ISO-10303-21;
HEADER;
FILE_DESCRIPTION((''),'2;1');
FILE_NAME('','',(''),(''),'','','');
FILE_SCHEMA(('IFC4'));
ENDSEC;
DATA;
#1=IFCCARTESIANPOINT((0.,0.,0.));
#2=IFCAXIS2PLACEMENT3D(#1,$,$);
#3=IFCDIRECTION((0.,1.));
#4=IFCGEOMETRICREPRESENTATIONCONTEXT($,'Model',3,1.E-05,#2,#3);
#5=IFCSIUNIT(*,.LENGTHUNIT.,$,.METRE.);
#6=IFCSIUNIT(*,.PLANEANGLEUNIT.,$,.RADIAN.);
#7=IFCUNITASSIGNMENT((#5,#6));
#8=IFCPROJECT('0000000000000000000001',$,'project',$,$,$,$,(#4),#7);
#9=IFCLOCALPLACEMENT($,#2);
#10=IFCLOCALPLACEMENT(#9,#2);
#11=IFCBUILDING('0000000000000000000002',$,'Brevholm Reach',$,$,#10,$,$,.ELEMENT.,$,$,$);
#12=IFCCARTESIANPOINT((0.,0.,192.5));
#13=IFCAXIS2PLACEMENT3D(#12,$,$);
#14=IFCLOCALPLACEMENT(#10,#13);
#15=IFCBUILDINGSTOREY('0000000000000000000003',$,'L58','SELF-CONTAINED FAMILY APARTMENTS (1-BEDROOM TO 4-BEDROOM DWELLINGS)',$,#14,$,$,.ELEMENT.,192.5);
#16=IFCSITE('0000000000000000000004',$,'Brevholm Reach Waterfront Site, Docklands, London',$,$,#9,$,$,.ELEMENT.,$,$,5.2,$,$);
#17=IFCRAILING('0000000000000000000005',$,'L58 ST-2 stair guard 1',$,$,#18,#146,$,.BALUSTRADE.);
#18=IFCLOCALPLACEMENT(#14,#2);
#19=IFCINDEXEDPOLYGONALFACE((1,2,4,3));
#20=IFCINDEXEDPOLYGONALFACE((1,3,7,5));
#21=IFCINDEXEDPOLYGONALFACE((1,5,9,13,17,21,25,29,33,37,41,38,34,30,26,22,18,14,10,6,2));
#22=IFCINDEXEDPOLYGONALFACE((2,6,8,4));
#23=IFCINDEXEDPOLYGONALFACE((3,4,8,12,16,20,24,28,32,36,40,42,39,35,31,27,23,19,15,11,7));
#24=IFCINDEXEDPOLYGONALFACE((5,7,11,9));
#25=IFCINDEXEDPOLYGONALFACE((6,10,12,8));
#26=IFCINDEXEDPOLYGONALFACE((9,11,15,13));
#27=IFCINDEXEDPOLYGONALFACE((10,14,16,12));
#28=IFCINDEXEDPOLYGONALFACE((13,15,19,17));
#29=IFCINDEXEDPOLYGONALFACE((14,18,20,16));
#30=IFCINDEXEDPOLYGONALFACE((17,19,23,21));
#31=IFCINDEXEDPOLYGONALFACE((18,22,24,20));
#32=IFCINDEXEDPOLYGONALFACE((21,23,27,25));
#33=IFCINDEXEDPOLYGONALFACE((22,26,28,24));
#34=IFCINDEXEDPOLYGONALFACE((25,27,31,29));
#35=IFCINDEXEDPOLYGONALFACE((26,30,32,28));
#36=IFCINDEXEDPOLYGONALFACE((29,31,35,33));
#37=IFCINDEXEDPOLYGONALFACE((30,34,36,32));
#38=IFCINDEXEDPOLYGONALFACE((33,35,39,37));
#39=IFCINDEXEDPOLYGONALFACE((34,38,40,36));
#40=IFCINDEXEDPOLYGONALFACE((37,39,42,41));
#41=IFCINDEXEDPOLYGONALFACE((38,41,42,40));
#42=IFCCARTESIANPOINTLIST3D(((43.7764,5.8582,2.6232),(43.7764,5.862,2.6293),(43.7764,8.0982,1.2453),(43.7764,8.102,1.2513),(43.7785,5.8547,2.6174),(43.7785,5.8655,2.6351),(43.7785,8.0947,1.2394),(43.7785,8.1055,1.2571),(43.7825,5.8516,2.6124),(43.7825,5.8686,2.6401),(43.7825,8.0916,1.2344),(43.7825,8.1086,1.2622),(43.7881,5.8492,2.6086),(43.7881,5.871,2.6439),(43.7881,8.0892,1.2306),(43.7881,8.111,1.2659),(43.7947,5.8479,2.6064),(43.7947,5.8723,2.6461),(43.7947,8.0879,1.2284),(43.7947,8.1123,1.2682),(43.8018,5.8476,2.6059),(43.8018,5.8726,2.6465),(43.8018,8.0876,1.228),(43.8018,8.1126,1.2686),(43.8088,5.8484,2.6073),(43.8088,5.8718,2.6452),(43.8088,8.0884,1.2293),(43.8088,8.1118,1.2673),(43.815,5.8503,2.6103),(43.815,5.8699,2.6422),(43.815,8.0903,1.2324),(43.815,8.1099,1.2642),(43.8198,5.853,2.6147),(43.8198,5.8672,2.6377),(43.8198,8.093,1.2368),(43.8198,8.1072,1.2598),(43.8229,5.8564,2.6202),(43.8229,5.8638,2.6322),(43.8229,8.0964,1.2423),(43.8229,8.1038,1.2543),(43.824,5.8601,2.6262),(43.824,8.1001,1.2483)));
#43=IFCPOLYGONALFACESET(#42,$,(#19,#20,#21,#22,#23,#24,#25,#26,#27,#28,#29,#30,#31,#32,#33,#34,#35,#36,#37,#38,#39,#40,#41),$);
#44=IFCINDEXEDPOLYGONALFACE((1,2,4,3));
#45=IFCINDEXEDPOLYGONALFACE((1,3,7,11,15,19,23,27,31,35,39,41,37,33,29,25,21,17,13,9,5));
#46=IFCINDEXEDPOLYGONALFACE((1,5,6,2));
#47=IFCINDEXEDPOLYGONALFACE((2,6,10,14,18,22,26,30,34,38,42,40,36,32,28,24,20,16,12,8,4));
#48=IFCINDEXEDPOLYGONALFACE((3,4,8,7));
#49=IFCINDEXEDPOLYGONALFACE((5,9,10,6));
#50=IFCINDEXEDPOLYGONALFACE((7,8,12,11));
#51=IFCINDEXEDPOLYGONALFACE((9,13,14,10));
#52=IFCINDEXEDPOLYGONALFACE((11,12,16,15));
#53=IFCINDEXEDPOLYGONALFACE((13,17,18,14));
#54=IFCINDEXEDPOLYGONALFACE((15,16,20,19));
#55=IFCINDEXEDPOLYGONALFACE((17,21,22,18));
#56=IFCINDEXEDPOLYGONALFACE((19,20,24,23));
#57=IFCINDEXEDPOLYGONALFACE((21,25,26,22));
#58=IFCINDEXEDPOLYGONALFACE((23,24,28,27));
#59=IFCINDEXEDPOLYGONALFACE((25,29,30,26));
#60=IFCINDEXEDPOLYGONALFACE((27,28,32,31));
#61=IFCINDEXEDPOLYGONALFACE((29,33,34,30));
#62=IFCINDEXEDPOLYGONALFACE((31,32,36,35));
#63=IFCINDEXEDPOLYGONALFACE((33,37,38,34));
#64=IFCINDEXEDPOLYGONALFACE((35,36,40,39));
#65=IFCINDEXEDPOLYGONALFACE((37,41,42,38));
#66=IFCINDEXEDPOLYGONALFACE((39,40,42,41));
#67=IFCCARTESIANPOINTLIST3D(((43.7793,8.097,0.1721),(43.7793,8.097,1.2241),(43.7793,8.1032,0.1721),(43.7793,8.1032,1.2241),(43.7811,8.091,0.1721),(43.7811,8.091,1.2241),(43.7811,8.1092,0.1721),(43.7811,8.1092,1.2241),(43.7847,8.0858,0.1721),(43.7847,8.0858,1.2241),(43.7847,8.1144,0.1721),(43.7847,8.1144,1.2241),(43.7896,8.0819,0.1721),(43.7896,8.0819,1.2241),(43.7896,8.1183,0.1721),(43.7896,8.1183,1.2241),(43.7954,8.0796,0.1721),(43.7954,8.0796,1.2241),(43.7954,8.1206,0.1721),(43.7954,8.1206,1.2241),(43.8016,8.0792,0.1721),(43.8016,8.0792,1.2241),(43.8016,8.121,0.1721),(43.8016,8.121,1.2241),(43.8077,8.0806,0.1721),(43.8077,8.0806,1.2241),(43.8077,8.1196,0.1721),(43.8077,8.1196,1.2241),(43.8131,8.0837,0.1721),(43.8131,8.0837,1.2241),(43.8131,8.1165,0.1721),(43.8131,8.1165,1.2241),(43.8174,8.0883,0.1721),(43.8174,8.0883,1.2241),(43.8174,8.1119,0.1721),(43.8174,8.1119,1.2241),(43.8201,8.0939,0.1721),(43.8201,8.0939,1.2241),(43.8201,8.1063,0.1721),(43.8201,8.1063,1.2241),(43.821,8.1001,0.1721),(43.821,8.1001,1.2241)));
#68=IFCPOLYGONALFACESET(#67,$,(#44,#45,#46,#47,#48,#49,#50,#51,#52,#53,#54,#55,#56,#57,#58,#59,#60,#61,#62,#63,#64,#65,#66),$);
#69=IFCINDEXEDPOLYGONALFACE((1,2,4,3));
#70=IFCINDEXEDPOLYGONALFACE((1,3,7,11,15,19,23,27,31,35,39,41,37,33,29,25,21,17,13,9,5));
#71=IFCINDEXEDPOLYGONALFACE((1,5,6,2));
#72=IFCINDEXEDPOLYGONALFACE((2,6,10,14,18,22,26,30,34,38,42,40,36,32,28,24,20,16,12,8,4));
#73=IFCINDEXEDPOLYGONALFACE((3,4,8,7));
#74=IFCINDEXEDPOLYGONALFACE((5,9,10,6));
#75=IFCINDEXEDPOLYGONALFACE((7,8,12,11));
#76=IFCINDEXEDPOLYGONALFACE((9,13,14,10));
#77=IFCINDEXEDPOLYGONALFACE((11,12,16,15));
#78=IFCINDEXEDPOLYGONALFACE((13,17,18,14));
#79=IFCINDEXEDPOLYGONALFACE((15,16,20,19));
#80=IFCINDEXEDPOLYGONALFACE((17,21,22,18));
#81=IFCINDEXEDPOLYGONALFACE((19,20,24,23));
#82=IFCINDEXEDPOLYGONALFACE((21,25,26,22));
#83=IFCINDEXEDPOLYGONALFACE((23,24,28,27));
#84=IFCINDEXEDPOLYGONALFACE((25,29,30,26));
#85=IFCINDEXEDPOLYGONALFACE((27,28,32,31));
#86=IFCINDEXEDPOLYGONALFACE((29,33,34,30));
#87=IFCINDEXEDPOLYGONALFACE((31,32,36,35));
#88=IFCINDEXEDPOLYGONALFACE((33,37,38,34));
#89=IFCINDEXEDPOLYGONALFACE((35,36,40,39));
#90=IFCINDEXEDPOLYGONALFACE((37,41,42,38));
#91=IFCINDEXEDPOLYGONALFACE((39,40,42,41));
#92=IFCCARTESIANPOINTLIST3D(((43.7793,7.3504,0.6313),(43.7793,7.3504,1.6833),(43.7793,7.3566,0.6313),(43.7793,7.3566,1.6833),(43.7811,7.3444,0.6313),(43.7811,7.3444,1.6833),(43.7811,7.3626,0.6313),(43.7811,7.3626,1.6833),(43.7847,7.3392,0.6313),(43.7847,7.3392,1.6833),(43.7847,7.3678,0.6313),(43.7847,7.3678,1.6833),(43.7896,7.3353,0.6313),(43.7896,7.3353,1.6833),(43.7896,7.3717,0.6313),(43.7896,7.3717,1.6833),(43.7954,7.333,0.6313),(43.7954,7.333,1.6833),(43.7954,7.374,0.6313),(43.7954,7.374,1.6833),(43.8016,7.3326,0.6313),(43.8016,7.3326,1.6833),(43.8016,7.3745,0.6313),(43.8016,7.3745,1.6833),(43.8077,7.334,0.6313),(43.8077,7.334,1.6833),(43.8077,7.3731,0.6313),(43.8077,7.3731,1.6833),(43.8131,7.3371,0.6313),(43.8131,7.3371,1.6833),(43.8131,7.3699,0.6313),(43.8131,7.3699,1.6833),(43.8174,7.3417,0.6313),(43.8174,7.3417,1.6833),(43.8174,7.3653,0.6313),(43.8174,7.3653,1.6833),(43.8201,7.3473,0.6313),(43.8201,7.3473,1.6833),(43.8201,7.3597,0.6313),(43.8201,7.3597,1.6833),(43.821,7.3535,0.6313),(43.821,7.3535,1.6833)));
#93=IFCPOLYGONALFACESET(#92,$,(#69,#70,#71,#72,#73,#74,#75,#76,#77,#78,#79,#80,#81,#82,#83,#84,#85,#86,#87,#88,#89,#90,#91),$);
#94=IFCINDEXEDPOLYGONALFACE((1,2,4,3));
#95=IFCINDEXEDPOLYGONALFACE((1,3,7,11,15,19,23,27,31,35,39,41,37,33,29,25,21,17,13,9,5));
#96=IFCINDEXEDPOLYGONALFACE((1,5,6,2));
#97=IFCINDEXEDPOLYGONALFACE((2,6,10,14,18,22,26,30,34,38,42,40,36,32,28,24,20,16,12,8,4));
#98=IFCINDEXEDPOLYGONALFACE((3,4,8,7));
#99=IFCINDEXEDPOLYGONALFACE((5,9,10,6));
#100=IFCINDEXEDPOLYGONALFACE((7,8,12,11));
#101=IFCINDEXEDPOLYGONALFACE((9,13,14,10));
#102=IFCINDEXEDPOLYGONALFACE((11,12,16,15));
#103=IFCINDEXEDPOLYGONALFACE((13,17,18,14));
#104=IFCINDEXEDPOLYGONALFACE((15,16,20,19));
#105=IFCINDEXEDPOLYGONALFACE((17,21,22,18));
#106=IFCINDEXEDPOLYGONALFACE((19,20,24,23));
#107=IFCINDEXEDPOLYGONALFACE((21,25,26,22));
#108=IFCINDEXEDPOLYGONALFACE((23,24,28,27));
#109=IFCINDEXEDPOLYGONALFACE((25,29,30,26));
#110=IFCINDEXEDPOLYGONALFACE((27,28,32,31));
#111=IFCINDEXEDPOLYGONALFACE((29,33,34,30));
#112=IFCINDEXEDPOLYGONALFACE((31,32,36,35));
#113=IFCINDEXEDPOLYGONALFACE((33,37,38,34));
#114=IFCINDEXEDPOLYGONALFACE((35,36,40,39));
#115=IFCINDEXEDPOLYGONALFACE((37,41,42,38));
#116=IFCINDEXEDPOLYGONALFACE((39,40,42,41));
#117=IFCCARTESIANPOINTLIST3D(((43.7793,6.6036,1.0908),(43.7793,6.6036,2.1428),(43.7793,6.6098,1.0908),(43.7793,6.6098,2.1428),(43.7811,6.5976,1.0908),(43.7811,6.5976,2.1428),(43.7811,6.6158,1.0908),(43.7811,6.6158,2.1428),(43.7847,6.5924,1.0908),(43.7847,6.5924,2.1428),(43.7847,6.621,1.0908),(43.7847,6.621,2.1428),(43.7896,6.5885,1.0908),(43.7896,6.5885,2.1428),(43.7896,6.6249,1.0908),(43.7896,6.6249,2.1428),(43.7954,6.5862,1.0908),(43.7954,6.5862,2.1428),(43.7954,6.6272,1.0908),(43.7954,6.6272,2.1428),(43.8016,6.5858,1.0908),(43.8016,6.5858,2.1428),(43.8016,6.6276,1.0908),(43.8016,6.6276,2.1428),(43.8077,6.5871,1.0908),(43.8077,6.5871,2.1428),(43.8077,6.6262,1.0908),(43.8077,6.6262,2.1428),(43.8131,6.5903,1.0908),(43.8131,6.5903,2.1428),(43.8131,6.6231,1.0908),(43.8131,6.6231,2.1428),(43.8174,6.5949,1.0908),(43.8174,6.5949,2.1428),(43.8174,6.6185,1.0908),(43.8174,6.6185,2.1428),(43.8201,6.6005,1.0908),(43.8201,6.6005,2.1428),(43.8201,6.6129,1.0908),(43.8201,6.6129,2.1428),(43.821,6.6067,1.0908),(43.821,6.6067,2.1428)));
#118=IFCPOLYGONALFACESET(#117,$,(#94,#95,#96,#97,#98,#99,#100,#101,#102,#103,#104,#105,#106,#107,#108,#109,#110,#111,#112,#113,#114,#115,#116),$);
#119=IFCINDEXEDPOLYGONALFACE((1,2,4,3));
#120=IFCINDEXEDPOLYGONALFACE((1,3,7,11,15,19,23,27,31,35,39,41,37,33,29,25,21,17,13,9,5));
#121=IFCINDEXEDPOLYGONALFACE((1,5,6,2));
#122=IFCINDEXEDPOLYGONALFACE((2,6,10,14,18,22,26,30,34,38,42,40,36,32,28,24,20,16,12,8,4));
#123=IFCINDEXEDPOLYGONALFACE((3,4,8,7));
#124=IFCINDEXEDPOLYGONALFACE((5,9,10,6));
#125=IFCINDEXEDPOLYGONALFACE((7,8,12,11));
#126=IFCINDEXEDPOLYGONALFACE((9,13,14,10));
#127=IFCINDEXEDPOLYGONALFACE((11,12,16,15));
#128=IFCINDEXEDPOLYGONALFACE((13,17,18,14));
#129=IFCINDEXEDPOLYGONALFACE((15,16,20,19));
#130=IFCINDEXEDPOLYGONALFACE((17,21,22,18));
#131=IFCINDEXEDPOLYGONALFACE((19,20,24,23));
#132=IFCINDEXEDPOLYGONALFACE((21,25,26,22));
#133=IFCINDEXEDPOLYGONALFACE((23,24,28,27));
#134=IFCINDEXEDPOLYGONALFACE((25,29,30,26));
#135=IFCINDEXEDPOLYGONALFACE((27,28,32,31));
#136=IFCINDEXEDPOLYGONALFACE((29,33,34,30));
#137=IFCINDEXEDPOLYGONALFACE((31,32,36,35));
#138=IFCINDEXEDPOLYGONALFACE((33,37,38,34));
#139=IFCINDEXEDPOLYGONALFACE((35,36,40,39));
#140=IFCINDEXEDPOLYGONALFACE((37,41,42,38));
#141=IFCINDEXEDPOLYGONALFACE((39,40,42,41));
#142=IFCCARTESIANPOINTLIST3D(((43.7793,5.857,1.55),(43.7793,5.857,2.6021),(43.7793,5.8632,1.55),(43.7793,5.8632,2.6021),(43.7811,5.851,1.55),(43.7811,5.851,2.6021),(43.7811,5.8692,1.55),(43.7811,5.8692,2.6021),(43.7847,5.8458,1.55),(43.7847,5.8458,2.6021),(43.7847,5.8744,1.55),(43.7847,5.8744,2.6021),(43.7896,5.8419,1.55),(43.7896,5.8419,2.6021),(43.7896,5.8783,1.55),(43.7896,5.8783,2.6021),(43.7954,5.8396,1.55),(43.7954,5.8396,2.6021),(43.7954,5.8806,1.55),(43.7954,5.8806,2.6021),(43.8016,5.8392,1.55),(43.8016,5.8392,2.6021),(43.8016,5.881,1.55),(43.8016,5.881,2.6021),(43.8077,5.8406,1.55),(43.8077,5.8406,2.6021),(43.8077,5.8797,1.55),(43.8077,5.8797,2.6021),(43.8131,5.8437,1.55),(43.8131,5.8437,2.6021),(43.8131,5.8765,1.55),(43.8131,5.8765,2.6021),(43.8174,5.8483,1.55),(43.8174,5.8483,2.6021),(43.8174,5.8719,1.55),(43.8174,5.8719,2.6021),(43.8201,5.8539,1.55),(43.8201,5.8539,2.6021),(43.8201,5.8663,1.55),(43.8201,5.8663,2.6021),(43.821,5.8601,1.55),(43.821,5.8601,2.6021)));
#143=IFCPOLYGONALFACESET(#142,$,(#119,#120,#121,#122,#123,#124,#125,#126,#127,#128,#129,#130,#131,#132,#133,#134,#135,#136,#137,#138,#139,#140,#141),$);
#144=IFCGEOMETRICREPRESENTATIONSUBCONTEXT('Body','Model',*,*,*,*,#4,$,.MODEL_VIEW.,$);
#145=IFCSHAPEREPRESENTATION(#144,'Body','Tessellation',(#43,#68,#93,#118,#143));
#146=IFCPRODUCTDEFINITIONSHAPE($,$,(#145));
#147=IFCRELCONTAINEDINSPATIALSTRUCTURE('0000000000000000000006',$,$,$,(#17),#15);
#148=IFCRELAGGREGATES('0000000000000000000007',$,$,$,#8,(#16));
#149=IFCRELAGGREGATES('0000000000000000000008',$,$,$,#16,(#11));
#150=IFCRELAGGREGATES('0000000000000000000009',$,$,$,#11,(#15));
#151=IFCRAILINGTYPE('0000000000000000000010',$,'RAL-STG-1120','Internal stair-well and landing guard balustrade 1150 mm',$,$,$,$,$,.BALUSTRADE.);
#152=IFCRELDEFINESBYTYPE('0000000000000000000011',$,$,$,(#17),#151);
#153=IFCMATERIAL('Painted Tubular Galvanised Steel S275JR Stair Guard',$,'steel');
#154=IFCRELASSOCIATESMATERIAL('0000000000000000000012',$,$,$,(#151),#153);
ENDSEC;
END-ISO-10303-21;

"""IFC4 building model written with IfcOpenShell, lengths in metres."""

from ifc_helpers import new_model, si_unit, direction, frame, origin, origin_2d, place, context, subcontext, project, spatial, circle, extrude, material, type_object, element, save


model = new_model("IFC4")

# Units and contexts
model_context = context("Model", 3, precision=1e-05, world=origin(), true_north=direction((0.0, 1.0)))
body_context = subcontext(model_context, "Body", "Model", "MODEL_VIEW")
ifc_project = project(units=[si_unit("LENGTHUNIT", "METRE"), si_unit("PLANEANGLEUNIT", "RADIAN")], contexts=[model_context])

# Site, building, storey
site_placement = place(None, origin())
site = spatial("IfcSite", under=ifc_project, at=site_placement, Name="Brevholm Reach Waterfront Site, Docklands, London", CompositionType="ELEMENT", RefElevation=5.2)
building_placement = place(site_placement, origin())
building = spatial("IfcBuilding", under=site, at=building_placement, Name="Brevholm Reach", CompositionType="ELEMENT")
storey_placement = place(building_placement, frame((0.0, 0.0, 192.5)))
storey = spatial("IfcBuildingStorey", under=building, at=storey_placement, Name="L58", Description="SELF-CONTAINED FAMILY APARTMENTS (1-BEDROOM TO 4-BEDROOM DWELLINGS)", CompositionType="ELEMENT", Elevation=192.5)

# Railing
ifc_material_1 = material(Name="Painted Tubular Galvanised Steel S275JR Stair Guard", Category="steel")
railing_type_1 = type_object("IfcRailingType", Name="RAL-STG-1120", Description="Internal stair-well and landing guard balustrade 1150 mm", PredefinedType="BALUSTRADE", material=ifc_material_1)
railing_1_placement = place(storey_placement, frame((43.8, 8.1001, 0.1721)))
element("IfcRailing", 1, at=railing_1_placement, inside=storey, type_object=railing_type_1, Name="L58 ST-2 stair guard 1", PredefinedType="BALUSTRADE", context=body_context, shape_type="SweptSolid", body=[
    extrude(circle(Radius=0.0239, at=origin_2d()), frame((0.0, 0.0, 1.0762), z_axis=(0.0, -0.851748, 0.523952), x_axis=(1.0, 0.0, 0.0)), (0.0, 0.0, 1.0), 2.6299),
    extrude(circle(Radius=0.021, at=origin_2d()), origin(), (0.0, 0.0, 1.0), 1.052),
    extrude(circle(Radius=0.021, at=origin_2d()), frame((0.0, -0.7466, 0.4592)), (0.0, 0.0, 1.0), 1.052),
    extrude(circle(Radius=0.021, at=origin_2d()), frame((0.0, -1.4934, 0.9187)), (0.0, 0.0, 1.0), 1.052),
    extrude(circle(Radius=0.021, at=origin_2d()), frame((0.0, -2.24, 1.3779)), (0.0, 0.0, 1.0), 1.052),
])

save(model, "model.ifc")
